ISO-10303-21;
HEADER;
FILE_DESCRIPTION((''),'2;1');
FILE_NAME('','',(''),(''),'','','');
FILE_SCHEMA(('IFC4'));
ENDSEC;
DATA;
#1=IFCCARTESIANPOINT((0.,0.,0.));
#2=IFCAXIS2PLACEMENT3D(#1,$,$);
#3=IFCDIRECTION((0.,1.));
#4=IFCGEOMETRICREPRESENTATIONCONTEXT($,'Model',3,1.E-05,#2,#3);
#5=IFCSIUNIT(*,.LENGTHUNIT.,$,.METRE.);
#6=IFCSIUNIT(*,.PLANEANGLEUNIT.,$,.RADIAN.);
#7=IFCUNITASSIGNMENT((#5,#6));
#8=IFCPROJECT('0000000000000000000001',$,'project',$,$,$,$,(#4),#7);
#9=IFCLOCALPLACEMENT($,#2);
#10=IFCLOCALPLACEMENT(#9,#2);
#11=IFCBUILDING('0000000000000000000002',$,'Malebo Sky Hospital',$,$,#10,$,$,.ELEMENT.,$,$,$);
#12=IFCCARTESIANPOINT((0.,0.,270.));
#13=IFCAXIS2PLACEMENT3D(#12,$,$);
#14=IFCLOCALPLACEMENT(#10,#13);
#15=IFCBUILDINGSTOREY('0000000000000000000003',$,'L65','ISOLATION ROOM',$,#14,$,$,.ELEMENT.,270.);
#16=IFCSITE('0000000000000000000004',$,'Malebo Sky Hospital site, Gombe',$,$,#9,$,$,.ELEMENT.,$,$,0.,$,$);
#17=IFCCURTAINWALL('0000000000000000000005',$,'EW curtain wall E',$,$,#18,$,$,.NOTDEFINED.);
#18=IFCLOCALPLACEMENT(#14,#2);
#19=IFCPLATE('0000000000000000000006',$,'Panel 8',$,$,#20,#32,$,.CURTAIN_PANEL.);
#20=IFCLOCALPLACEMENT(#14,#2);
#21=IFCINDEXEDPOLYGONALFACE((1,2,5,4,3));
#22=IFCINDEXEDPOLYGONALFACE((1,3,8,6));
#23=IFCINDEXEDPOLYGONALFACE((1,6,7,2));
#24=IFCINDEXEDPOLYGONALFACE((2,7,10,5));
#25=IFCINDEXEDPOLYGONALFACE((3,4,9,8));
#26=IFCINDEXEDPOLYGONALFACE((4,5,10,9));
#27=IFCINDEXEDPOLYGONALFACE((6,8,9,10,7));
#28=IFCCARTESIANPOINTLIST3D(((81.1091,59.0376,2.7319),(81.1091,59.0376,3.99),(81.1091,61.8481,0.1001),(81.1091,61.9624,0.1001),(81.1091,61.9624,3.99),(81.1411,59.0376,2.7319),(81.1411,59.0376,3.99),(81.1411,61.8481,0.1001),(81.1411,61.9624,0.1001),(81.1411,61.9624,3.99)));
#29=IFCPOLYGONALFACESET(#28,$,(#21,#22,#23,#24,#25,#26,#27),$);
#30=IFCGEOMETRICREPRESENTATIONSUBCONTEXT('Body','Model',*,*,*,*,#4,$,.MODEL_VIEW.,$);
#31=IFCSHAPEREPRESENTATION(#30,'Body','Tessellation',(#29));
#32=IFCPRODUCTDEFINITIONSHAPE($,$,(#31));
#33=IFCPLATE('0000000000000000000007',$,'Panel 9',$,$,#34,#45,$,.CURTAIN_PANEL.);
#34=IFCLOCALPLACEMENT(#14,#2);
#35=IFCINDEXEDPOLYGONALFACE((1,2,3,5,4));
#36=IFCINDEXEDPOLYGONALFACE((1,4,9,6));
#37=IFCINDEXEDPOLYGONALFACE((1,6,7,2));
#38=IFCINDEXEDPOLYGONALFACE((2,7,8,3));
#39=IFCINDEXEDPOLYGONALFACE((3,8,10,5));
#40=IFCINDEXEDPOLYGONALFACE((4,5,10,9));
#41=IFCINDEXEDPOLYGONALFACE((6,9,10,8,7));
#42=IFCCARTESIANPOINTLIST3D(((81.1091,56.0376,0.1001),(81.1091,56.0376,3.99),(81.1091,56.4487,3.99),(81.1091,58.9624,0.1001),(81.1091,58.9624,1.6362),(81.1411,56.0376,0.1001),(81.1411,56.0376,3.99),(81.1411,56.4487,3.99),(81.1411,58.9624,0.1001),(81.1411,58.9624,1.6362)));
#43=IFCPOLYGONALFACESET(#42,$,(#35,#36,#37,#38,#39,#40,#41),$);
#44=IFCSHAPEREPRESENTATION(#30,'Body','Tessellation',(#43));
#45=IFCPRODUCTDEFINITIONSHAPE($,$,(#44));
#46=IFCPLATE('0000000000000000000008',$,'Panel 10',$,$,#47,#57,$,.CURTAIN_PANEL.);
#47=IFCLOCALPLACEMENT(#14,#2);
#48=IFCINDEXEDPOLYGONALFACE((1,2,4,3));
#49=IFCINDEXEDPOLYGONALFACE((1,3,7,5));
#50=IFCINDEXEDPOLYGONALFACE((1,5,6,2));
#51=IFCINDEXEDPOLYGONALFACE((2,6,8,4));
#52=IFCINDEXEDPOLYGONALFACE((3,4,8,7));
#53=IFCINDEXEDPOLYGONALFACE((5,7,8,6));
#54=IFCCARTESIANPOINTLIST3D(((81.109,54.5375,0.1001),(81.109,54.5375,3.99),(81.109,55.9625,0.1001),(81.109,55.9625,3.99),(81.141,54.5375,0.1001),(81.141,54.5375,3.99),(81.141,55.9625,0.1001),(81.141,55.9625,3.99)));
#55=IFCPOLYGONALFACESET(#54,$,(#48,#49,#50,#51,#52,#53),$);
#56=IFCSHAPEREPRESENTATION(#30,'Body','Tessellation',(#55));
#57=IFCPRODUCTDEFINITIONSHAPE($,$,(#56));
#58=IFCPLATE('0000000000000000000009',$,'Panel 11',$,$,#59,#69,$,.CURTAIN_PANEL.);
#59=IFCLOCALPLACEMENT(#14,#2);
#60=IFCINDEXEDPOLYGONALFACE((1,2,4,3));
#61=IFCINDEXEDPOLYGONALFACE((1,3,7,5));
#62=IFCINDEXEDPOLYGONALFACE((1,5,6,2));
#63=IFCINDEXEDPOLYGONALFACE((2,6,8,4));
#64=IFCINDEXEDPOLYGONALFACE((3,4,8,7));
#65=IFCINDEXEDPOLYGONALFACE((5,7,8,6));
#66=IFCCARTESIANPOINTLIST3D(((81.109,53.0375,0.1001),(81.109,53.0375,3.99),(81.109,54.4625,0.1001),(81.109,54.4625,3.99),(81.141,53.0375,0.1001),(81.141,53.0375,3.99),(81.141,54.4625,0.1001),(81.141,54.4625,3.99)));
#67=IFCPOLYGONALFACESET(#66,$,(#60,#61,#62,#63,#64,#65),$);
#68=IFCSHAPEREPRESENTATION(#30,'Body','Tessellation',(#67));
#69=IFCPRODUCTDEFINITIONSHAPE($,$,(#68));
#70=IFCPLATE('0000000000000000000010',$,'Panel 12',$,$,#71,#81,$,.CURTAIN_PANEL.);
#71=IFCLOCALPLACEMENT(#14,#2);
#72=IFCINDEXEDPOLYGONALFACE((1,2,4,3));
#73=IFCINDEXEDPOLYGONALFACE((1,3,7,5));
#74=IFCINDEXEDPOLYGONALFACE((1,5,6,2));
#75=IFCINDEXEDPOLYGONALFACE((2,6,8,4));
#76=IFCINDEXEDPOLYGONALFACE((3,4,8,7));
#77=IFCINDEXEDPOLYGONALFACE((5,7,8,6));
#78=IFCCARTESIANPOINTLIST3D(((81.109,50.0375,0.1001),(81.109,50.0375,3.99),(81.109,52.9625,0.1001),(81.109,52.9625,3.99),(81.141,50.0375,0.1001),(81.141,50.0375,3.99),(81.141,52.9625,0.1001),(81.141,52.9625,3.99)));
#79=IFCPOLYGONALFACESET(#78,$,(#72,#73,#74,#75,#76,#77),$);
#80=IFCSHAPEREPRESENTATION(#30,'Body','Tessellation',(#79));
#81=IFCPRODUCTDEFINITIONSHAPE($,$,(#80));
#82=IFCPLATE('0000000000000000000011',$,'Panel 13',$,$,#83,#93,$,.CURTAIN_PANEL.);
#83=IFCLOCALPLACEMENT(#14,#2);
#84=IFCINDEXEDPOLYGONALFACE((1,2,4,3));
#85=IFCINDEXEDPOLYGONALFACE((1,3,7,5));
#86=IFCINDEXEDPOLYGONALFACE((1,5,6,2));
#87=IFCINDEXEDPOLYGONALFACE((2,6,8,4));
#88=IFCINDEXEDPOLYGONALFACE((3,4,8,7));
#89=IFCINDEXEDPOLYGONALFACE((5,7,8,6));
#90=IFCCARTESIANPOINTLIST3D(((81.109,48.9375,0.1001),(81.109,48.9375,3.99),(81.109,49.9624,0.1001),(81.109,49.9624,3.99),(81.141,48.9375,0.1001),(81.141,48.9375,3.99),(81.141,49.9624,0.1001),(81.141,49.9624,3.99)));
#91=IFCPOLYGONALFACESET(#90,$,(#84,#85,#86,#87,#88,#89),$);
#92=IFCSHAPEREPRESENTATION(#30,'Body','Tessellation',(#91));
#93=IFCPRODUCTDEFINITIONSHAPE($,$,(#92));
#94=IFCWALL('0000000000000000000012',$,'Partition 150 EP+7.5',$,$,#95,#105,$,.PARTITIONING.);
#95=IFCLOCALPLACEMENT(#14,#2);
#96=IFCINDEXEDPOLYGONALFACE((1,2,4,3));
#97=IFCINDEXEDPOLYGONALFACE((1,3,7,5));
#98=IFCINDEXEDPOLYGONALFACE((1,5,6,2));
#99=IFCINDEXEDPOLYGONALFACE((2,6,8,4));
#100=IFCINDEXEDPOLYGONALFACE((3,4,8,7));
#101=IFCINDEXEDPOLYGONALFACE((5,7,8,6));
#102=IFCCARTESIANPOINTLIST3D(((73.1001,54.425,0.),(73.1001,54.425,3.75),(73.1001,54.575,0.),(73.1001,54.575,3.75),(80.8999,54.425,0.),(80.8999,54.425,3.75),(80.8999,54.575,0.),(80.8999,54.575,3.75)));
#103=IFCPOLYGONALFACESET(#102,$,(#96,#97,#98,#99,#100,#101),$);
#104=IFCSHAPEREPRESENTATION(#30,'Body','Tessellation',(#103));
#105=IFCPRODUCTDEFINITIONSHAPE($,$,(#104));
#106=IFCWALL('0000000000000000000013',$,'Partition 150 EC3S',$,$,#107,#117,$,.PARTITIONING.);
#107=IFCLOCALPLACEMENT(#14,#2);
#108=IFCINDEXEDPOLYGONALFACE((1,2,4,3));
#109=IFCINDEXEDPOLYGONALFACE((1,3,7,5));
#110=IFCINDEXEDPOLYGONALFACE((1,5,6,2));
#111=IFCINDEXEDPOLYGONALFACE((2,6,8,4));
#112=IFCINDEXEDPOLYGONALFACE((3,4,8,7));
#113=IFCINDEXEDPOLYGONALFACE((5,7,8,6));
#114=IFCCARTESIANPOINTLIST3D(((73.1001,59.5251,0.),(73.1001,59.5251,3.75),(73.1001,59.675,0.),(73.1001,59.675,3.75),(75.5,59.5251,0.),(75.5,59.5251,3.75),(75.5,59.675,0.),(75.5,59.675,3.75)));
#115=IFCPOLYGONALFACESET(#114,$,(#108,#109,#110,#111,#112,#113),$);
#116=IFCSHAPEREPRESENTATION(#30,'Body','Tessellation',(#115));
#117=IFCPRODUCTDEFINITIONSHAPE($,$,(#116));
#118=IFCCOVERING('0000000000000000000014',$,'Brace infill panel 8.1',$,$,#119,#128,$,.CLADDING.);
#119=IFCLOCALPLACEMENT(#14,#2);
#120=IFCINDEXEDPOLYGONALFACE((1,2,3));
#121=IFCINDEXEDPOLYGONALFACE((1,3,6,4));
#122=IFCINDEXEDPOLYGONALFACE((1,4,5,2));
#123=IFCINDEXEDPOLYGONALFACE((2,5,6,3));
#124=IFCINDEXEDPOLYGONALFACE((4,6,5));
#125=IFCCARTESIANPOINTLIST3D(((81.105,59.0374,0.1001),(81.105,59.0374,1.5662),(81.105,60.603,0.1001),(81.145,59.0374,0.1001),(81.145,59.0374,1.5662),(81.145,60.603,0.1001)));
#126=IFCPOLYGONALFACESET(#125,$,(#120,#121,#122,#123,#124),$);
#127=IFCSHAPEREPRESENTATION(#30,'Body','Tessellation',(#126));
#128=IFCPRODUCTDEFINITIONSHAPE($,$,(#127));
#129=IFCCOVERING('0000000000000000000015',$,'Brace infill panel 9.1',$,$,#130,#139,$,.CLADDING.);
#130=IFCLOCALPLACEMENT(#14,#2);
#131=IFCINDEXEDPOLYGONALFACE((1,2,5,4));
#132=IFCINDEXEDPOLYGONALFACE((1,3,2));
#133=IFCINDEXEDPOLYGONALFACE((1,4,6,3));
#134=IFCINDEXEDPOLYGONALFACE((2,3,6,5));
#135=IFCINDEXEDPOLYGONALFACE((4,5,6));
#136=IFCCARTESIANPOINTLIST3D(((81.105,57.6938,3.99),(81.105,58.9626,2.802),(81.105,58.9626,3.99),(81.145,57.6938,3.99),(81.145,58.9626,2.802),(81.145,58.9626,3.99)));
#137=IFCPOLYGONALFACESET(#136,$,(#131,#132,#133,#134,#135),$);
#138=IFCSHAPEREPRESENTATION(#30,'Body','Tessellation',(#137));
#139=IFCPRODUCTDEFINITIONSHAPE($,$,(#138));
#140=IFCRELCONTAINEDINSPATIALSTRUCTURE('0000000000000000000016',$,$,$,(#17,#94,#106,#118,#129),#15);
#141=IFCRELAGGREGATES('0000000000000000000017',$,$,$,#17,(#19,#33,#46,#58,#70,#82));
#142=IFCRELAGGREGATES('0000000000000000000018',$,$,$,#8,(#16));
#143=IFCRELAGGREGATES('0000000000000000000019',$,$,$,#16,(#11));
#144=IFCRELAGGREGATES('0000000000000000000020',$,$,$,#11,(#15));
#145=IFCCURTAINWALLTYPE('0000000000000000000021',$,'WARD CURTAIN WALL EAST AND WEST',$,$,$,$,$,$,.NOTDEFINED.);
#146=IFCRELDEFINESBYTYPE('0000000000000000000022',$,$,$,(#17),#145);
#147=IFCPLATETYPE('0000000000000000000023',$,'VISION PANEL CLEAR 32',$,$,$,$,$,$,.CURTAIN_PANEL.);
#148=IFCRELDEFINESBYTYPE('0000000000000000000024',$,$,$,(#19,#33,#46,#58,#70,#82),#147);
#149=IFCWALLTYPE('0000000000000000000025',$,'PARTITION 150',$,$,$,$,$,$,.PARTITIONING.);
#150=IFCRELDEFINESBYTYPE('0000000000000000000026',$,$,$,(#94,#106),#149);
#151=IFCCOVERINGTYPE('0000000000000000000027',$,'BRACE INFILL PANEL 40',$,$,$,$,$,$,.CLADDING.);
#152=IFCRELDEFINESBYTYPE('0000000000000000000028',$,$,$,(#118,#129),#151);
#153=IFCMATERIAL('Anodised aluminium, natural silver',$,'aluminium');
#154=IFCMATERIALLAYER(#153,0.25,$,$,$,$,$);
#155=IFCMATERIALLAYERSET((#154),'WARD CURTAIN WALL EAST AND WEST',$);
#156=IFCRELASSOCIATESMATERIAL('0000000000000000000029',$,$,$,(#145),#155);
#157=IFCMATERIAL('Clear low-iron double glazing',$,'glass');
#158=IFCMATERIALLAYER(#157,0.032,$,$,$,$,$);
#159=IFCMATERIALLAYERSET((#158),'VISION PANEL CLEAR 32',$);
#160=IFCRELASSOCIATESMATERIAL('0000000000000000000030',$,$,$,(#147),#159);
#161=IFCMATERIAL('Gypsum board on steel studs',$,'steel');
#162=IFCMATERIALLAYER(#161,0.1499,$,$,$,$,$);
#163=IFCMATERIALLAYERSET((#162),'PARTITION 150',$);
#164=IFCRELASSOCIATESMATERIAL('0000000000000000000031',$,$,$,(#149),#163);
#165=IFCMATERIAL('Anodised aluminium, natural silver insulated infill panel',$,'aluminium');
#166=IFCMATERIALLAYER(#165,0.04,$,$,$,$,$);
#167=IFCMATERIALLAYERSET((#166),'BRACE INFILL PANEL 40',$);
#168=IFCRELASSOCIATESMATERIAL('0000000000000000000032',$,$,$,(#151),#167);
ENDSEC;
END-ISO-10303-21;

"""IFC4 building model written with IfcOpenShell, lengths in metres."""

from ifc_helpers import new_model, si_unit, direction, frame, frame_2d, origin, origin_2d, place, context, subcontext, project, spatial, polyline, rectangle, outline, extrude, material, layer, layer_set, type_object, element, aggregate, save


model = new_model("IFC4")

# Units and contexts
model_context = context("Model", 3, precision=1e-05, world=origin(), true_north=direction((0.0, 1.0)))
body_context = subcontext(model_context, "Body", "Model", "MODEL_VIEW")
ifc_project = project(units=[si_unit("LENGTHUNIT", "METRE"), si_unit("PLANEANGLEUNIT", "RADIAN")], contexts=[model_context])

# Site, building, storey
site_placement = place(None, origin())
site = spatial("IfcSite", under=ifc_project, at=site_placement, Name="Malebo Sky Hospital site, Gombe", CompositionType="ELEMENT", RefElevation=0.0)
building_placement = place(site_placement, origin())
building = spatial("IfcBuilding", under=site, at=building_placement, Name="Malebo Sky Hospital", CompositionType="ELEMENT")
storey_placement = place(building_placement, frame((0.0, 0.0, 270.0)))
storey = spatial("IfcBuildingStorey", under=building, at=storey_placement, Name="L65", Description="ISOLATION ROOM", CompositionType="ELEMENT", Elevation=270.0)

# Curtain wall
ifc_material_1 = material(Name="Anodised aluminium, natural silver", Category="aluminium")
ifc_layer_1 = layer(ifc_material_1, 0.25)
ifc_layer_set_1 = layer_set([ifc_layer_1], Name="WARD CURTAIN WALL EAST AND WEST")
curtain_wall_type = type_object("IfcCurtainWallType", Name="WARD CURTAIN WALL EAST AND WEST", PredefinedType="NOTDEFINED", material=ifc_layer_set_1)
curtain_wall_placement = place(storey_placement, origin())
curtain_wall = element("IfcCurtainWall", 1, at=curtain_wall_placement, inside=storey, type_object=curtain_wall_type, Name="EW curtain wall E", PredefinedType="NOTDEFINED")

# Plates
ifc_material_2 = material(Name="Clear low-iron double glazing", Category="glass")
ifc_layer_2 = layer(ifc_material_2, 0.032)
ifc_layer_set_2 = layer_set([ifc_layer_2], Name="VISION PANEL CLEAR 32")
plate_type = type_object("IfcPlateType", Name="VISION PANEL CLEAR 32", PredefinedType="CURTAIN_PANEL", material=ifc_layer_set_2)
plate_1_placement = place(storey_placement, frame((81.125, 60.5, 0.1001), z_axis=(0.0, 0.0, 1.0), x_axis=(0.0, -1.0, 0.0)))
plate_1 = element("IfcPlate", 2, at=plate_1_placement, type_object=plate_type, Name="Panel 8", PredefinedType="CURTAIN_PANEL", context=body_context, shape_type="SweptSolid", body=[
    extrude(outline(polyline([(-1.4624, 0.0), (-1.3481, 0.0), (1.4624, 2.6318), (1.4624, 3.8899), (-1.4624, 3.8899), (-1.4624, 0.0)])), frame((0.0, 0.0161, 0.0), z_axis=(0.0, -1.0, 0.0), x_axis=(1.0, 0.0, 0.0)), (0.0, 0.0, 1.0), 0.032),
])
plate_2_placement = place(storey_placement, frame((81.125, 57.5, 0.1001), z_axis=(0.0, 0.0, 1.0), x_axis=(0.0, -1.0, 0.0)))
plate_2 = element("IfcPlate", 3, at=plate_2_placement, type_object=plate_type, Name="Panel 9", PredefinedType="CURTAIN_PANEL", context=body_context, shape_type="SweptSolid", body=[
    extrude(outline(polyline([(-1.4624, 0.0), (1.4624, 0.0), (1.4624, 3.8899), (1.0513, 3.8899), (-1.4624, 1.5361), (-1.4624, 0.0)])), frame((0.0, 0.0161, 0.0), z_axis=(0.0, -1.0, 0.0), x_axis=(1.0, 0.0, 0.0)), (0.0, 0.0, 1.0), 0.032),
])
plate_3_placement = place(storey_placement, frame((81.125, 55.25, 0.1001), z_axis=(0.0, 0.0, 1.0), x_axis=(0.0, -1.0, 0.0)))
plate_3 = element("IfcPlate", 4, at=plate_3_placement, type_object=plate_type, Name="Panel 10", PredefinedType="CURTAIN_PANEL", context=body_context, shape_type="SweptSolid", body=[
    extrude(rectangle(XDim=1.425, YDim=0.032, at=origin_2d()), origin(), (0.0, 0.0, 1.0), 3.8899),
])
plate_4_placement = place(storey_placement, frame((81.125, 53.75, 0.1001), z_axis=(0.0, 0.0, 1.0), x_axis=(0.0, -1.0, 0.0)))
plate_4 = element("IfcPlate", 5, at=plate_4_placement, type_object=plate_type, Name="Panel 11", PredefinedType="CURTAIN_PANEL", context=body_context, shape_type="SweptSolid", body=[
    extrude(rectangle(XDim=1.425, YDim=0.032, at=origin_2d()), origin(), (0.0, 0.0, 1.0), 3.8899),
])
plate_5_placement = place(storey_placement, frame((81.125, 51.5, 0.1001), z_axis=(0.0, 0.0, 1.0), x_axis=(0.0, -1.0, 0.0)))
plate_5 = element("IfcPlate", 6, at=plate_5_placement, type_object=plate_type, Name="Panel 12", PredefinedType="CURTAIN_PANEL", context=body_context, shape_type="SweptSolid", body=[
    extrude(rectangle(XDim=2.925, YDim=0.032, at=origin_2d()), origin(), (0.0, 0.0, 1.0), 3.8899),
])
plate_6_placement = place(storey_placement, frame((81.125, 49.45, 0.1001), z_axis=(0.0, 0.0, 1.0), x_axis=(0.0, -1.0, 0.0)))
plate_6 = element("IfcPlate", 7, at=plate_6_placement, type_object=plate_type, Name="Panel 13", PredefinedType="CURTAIN_PANEL", context=body_context, shape_type="SweptSolid", body=[
    extrude(rectangle(XDim=1.0249, YDim=0.032, at=origin_2d()), origin(), (0.0, 0.0, 1.0), 3.8899),
])
aggregate(curtain_wall, [plate_1, plate_2, plate_3, plate_4, plate_5, plate_6])

# Walls
ifc_material_3 = material(Name="Gypsum board on steel studs", Category="steel")
ifc_layer_3 = layer(ifc_material_3, 0.1499)
ifc_layer_set_3 = layer_set([ifc_layer_3], Name="PARTITION 150")
wall_type = type_object("IfcWallType", Name="PARTITION 150", PredefinedType="PARTITIONING", material=ifc_layer_set_3)
wall_1_placement = place(storey_placement, frame((73.1001, 54.5, 0.0), z_axis=(0.0, 0.0, 1.0), x_axis=(1.0, 0.0, 0.0)))
element("IfcWall", 8, at=wall_1_placement, inside=storey, type_object=wall_type, Name="Partition 150 EP+7.5", PredefinedType="PARTITIONING", context=body_context, shape_type="SweptSolid", body=[
    extrude(rectangle(XDim=7.7998, YDim=0.1499, at=frame_2d((3.8999, 0.0))), origin(), (0.0, 0.0, 1.0), 3.75),
])
wall_2_placement = place(storey_placement, frame((73.1001, 59.6001, 0.0), z_axis=(0.0, 0.0, 1.0), x_axis=(1.0, 0.0, 0.0)))
element("IfcWall", 9, at=wall_2_placement, inside=storey, type_object=wall_type, Name="Partition 150 EC3S", PredefinedType="PARTITIONING", context=body_context, shape_type="SweptSolid", body=[
    extrude(rectangle(XDim=2.3999, YDim=0.1499, at=frame_2d((1.2, 0.0))), origin(), (0.0, 0.0, 1.0), 3.75),
])

# Coverings
ifc_material_4 = material(Name="Anodised aluminium, natural silver insulated infill panel", Category="aluminium")
ifc_layer_4 = layer(ifc_material_4, 0.04)
ifc_layer_set_4 = layer_set([ifc_layer_4], Name="BRACE INFILL PANEL 40")
covering_type = type_object("IfcCoveringType", Name="BRACE INFILL PANEL 40", PredefinedType="CLADDING", material=ifc_layer_set_4)
covering_1_placement = place(storey_placement, frame((81.125, 59.8203, 0.1001), z_axis=(0.0, 0.0, 1.0), x_axis=(0.0, -1.0, 0.0)))
element("IfcCovering", 10, at=covering_1_placement, inside=storey, type_object=covering_type, Name="Brace infill panel 8.1", PredefinedType="CLADDING", context=body_context, shape_type="SweptSolid", body=[
    extrude(outline(polyline([(-0.7827, 0.0), (0.783, 0.0), (0.783, 1.4661), (-0.7827, 0.0)])), frame((0.0, 0.02, 0.0), z_axis=(0.0, -1.0, 0.0), x_axis=(1.0, 0.0, 0.0)), (0.0, 0.0, 1.0), 0.04),
])
covering_2_placement = place(storey_placement, frame((81.125, 58.3281, 2.802), z_axis=(0.0, 0.0, 1.0), x_axis=(0.0, -1.0, 0.0)))
element("IfcCovering", 11, at=covering_2_placement, inside=storey, type_object=covering_type, Name="Brace infill panel 9.1", PredefinedType="CLADDING", context=body_context, shape_type="SweptSolid", body=[
    extrude(outline(polyline([(-0.6345, 0.0), (0.6343, 1.188), (-0.6345, 1.188), (-0.6345, 0.0)])), frame((0.0, 0.02, 0.0), z_axis=(0.0, -1.0, 0.0), x_axis=(1.0, 0.0, 0.0)), (0.0, 0.0, 1.0), 0.04),
])

save(model, "model.ifc")
